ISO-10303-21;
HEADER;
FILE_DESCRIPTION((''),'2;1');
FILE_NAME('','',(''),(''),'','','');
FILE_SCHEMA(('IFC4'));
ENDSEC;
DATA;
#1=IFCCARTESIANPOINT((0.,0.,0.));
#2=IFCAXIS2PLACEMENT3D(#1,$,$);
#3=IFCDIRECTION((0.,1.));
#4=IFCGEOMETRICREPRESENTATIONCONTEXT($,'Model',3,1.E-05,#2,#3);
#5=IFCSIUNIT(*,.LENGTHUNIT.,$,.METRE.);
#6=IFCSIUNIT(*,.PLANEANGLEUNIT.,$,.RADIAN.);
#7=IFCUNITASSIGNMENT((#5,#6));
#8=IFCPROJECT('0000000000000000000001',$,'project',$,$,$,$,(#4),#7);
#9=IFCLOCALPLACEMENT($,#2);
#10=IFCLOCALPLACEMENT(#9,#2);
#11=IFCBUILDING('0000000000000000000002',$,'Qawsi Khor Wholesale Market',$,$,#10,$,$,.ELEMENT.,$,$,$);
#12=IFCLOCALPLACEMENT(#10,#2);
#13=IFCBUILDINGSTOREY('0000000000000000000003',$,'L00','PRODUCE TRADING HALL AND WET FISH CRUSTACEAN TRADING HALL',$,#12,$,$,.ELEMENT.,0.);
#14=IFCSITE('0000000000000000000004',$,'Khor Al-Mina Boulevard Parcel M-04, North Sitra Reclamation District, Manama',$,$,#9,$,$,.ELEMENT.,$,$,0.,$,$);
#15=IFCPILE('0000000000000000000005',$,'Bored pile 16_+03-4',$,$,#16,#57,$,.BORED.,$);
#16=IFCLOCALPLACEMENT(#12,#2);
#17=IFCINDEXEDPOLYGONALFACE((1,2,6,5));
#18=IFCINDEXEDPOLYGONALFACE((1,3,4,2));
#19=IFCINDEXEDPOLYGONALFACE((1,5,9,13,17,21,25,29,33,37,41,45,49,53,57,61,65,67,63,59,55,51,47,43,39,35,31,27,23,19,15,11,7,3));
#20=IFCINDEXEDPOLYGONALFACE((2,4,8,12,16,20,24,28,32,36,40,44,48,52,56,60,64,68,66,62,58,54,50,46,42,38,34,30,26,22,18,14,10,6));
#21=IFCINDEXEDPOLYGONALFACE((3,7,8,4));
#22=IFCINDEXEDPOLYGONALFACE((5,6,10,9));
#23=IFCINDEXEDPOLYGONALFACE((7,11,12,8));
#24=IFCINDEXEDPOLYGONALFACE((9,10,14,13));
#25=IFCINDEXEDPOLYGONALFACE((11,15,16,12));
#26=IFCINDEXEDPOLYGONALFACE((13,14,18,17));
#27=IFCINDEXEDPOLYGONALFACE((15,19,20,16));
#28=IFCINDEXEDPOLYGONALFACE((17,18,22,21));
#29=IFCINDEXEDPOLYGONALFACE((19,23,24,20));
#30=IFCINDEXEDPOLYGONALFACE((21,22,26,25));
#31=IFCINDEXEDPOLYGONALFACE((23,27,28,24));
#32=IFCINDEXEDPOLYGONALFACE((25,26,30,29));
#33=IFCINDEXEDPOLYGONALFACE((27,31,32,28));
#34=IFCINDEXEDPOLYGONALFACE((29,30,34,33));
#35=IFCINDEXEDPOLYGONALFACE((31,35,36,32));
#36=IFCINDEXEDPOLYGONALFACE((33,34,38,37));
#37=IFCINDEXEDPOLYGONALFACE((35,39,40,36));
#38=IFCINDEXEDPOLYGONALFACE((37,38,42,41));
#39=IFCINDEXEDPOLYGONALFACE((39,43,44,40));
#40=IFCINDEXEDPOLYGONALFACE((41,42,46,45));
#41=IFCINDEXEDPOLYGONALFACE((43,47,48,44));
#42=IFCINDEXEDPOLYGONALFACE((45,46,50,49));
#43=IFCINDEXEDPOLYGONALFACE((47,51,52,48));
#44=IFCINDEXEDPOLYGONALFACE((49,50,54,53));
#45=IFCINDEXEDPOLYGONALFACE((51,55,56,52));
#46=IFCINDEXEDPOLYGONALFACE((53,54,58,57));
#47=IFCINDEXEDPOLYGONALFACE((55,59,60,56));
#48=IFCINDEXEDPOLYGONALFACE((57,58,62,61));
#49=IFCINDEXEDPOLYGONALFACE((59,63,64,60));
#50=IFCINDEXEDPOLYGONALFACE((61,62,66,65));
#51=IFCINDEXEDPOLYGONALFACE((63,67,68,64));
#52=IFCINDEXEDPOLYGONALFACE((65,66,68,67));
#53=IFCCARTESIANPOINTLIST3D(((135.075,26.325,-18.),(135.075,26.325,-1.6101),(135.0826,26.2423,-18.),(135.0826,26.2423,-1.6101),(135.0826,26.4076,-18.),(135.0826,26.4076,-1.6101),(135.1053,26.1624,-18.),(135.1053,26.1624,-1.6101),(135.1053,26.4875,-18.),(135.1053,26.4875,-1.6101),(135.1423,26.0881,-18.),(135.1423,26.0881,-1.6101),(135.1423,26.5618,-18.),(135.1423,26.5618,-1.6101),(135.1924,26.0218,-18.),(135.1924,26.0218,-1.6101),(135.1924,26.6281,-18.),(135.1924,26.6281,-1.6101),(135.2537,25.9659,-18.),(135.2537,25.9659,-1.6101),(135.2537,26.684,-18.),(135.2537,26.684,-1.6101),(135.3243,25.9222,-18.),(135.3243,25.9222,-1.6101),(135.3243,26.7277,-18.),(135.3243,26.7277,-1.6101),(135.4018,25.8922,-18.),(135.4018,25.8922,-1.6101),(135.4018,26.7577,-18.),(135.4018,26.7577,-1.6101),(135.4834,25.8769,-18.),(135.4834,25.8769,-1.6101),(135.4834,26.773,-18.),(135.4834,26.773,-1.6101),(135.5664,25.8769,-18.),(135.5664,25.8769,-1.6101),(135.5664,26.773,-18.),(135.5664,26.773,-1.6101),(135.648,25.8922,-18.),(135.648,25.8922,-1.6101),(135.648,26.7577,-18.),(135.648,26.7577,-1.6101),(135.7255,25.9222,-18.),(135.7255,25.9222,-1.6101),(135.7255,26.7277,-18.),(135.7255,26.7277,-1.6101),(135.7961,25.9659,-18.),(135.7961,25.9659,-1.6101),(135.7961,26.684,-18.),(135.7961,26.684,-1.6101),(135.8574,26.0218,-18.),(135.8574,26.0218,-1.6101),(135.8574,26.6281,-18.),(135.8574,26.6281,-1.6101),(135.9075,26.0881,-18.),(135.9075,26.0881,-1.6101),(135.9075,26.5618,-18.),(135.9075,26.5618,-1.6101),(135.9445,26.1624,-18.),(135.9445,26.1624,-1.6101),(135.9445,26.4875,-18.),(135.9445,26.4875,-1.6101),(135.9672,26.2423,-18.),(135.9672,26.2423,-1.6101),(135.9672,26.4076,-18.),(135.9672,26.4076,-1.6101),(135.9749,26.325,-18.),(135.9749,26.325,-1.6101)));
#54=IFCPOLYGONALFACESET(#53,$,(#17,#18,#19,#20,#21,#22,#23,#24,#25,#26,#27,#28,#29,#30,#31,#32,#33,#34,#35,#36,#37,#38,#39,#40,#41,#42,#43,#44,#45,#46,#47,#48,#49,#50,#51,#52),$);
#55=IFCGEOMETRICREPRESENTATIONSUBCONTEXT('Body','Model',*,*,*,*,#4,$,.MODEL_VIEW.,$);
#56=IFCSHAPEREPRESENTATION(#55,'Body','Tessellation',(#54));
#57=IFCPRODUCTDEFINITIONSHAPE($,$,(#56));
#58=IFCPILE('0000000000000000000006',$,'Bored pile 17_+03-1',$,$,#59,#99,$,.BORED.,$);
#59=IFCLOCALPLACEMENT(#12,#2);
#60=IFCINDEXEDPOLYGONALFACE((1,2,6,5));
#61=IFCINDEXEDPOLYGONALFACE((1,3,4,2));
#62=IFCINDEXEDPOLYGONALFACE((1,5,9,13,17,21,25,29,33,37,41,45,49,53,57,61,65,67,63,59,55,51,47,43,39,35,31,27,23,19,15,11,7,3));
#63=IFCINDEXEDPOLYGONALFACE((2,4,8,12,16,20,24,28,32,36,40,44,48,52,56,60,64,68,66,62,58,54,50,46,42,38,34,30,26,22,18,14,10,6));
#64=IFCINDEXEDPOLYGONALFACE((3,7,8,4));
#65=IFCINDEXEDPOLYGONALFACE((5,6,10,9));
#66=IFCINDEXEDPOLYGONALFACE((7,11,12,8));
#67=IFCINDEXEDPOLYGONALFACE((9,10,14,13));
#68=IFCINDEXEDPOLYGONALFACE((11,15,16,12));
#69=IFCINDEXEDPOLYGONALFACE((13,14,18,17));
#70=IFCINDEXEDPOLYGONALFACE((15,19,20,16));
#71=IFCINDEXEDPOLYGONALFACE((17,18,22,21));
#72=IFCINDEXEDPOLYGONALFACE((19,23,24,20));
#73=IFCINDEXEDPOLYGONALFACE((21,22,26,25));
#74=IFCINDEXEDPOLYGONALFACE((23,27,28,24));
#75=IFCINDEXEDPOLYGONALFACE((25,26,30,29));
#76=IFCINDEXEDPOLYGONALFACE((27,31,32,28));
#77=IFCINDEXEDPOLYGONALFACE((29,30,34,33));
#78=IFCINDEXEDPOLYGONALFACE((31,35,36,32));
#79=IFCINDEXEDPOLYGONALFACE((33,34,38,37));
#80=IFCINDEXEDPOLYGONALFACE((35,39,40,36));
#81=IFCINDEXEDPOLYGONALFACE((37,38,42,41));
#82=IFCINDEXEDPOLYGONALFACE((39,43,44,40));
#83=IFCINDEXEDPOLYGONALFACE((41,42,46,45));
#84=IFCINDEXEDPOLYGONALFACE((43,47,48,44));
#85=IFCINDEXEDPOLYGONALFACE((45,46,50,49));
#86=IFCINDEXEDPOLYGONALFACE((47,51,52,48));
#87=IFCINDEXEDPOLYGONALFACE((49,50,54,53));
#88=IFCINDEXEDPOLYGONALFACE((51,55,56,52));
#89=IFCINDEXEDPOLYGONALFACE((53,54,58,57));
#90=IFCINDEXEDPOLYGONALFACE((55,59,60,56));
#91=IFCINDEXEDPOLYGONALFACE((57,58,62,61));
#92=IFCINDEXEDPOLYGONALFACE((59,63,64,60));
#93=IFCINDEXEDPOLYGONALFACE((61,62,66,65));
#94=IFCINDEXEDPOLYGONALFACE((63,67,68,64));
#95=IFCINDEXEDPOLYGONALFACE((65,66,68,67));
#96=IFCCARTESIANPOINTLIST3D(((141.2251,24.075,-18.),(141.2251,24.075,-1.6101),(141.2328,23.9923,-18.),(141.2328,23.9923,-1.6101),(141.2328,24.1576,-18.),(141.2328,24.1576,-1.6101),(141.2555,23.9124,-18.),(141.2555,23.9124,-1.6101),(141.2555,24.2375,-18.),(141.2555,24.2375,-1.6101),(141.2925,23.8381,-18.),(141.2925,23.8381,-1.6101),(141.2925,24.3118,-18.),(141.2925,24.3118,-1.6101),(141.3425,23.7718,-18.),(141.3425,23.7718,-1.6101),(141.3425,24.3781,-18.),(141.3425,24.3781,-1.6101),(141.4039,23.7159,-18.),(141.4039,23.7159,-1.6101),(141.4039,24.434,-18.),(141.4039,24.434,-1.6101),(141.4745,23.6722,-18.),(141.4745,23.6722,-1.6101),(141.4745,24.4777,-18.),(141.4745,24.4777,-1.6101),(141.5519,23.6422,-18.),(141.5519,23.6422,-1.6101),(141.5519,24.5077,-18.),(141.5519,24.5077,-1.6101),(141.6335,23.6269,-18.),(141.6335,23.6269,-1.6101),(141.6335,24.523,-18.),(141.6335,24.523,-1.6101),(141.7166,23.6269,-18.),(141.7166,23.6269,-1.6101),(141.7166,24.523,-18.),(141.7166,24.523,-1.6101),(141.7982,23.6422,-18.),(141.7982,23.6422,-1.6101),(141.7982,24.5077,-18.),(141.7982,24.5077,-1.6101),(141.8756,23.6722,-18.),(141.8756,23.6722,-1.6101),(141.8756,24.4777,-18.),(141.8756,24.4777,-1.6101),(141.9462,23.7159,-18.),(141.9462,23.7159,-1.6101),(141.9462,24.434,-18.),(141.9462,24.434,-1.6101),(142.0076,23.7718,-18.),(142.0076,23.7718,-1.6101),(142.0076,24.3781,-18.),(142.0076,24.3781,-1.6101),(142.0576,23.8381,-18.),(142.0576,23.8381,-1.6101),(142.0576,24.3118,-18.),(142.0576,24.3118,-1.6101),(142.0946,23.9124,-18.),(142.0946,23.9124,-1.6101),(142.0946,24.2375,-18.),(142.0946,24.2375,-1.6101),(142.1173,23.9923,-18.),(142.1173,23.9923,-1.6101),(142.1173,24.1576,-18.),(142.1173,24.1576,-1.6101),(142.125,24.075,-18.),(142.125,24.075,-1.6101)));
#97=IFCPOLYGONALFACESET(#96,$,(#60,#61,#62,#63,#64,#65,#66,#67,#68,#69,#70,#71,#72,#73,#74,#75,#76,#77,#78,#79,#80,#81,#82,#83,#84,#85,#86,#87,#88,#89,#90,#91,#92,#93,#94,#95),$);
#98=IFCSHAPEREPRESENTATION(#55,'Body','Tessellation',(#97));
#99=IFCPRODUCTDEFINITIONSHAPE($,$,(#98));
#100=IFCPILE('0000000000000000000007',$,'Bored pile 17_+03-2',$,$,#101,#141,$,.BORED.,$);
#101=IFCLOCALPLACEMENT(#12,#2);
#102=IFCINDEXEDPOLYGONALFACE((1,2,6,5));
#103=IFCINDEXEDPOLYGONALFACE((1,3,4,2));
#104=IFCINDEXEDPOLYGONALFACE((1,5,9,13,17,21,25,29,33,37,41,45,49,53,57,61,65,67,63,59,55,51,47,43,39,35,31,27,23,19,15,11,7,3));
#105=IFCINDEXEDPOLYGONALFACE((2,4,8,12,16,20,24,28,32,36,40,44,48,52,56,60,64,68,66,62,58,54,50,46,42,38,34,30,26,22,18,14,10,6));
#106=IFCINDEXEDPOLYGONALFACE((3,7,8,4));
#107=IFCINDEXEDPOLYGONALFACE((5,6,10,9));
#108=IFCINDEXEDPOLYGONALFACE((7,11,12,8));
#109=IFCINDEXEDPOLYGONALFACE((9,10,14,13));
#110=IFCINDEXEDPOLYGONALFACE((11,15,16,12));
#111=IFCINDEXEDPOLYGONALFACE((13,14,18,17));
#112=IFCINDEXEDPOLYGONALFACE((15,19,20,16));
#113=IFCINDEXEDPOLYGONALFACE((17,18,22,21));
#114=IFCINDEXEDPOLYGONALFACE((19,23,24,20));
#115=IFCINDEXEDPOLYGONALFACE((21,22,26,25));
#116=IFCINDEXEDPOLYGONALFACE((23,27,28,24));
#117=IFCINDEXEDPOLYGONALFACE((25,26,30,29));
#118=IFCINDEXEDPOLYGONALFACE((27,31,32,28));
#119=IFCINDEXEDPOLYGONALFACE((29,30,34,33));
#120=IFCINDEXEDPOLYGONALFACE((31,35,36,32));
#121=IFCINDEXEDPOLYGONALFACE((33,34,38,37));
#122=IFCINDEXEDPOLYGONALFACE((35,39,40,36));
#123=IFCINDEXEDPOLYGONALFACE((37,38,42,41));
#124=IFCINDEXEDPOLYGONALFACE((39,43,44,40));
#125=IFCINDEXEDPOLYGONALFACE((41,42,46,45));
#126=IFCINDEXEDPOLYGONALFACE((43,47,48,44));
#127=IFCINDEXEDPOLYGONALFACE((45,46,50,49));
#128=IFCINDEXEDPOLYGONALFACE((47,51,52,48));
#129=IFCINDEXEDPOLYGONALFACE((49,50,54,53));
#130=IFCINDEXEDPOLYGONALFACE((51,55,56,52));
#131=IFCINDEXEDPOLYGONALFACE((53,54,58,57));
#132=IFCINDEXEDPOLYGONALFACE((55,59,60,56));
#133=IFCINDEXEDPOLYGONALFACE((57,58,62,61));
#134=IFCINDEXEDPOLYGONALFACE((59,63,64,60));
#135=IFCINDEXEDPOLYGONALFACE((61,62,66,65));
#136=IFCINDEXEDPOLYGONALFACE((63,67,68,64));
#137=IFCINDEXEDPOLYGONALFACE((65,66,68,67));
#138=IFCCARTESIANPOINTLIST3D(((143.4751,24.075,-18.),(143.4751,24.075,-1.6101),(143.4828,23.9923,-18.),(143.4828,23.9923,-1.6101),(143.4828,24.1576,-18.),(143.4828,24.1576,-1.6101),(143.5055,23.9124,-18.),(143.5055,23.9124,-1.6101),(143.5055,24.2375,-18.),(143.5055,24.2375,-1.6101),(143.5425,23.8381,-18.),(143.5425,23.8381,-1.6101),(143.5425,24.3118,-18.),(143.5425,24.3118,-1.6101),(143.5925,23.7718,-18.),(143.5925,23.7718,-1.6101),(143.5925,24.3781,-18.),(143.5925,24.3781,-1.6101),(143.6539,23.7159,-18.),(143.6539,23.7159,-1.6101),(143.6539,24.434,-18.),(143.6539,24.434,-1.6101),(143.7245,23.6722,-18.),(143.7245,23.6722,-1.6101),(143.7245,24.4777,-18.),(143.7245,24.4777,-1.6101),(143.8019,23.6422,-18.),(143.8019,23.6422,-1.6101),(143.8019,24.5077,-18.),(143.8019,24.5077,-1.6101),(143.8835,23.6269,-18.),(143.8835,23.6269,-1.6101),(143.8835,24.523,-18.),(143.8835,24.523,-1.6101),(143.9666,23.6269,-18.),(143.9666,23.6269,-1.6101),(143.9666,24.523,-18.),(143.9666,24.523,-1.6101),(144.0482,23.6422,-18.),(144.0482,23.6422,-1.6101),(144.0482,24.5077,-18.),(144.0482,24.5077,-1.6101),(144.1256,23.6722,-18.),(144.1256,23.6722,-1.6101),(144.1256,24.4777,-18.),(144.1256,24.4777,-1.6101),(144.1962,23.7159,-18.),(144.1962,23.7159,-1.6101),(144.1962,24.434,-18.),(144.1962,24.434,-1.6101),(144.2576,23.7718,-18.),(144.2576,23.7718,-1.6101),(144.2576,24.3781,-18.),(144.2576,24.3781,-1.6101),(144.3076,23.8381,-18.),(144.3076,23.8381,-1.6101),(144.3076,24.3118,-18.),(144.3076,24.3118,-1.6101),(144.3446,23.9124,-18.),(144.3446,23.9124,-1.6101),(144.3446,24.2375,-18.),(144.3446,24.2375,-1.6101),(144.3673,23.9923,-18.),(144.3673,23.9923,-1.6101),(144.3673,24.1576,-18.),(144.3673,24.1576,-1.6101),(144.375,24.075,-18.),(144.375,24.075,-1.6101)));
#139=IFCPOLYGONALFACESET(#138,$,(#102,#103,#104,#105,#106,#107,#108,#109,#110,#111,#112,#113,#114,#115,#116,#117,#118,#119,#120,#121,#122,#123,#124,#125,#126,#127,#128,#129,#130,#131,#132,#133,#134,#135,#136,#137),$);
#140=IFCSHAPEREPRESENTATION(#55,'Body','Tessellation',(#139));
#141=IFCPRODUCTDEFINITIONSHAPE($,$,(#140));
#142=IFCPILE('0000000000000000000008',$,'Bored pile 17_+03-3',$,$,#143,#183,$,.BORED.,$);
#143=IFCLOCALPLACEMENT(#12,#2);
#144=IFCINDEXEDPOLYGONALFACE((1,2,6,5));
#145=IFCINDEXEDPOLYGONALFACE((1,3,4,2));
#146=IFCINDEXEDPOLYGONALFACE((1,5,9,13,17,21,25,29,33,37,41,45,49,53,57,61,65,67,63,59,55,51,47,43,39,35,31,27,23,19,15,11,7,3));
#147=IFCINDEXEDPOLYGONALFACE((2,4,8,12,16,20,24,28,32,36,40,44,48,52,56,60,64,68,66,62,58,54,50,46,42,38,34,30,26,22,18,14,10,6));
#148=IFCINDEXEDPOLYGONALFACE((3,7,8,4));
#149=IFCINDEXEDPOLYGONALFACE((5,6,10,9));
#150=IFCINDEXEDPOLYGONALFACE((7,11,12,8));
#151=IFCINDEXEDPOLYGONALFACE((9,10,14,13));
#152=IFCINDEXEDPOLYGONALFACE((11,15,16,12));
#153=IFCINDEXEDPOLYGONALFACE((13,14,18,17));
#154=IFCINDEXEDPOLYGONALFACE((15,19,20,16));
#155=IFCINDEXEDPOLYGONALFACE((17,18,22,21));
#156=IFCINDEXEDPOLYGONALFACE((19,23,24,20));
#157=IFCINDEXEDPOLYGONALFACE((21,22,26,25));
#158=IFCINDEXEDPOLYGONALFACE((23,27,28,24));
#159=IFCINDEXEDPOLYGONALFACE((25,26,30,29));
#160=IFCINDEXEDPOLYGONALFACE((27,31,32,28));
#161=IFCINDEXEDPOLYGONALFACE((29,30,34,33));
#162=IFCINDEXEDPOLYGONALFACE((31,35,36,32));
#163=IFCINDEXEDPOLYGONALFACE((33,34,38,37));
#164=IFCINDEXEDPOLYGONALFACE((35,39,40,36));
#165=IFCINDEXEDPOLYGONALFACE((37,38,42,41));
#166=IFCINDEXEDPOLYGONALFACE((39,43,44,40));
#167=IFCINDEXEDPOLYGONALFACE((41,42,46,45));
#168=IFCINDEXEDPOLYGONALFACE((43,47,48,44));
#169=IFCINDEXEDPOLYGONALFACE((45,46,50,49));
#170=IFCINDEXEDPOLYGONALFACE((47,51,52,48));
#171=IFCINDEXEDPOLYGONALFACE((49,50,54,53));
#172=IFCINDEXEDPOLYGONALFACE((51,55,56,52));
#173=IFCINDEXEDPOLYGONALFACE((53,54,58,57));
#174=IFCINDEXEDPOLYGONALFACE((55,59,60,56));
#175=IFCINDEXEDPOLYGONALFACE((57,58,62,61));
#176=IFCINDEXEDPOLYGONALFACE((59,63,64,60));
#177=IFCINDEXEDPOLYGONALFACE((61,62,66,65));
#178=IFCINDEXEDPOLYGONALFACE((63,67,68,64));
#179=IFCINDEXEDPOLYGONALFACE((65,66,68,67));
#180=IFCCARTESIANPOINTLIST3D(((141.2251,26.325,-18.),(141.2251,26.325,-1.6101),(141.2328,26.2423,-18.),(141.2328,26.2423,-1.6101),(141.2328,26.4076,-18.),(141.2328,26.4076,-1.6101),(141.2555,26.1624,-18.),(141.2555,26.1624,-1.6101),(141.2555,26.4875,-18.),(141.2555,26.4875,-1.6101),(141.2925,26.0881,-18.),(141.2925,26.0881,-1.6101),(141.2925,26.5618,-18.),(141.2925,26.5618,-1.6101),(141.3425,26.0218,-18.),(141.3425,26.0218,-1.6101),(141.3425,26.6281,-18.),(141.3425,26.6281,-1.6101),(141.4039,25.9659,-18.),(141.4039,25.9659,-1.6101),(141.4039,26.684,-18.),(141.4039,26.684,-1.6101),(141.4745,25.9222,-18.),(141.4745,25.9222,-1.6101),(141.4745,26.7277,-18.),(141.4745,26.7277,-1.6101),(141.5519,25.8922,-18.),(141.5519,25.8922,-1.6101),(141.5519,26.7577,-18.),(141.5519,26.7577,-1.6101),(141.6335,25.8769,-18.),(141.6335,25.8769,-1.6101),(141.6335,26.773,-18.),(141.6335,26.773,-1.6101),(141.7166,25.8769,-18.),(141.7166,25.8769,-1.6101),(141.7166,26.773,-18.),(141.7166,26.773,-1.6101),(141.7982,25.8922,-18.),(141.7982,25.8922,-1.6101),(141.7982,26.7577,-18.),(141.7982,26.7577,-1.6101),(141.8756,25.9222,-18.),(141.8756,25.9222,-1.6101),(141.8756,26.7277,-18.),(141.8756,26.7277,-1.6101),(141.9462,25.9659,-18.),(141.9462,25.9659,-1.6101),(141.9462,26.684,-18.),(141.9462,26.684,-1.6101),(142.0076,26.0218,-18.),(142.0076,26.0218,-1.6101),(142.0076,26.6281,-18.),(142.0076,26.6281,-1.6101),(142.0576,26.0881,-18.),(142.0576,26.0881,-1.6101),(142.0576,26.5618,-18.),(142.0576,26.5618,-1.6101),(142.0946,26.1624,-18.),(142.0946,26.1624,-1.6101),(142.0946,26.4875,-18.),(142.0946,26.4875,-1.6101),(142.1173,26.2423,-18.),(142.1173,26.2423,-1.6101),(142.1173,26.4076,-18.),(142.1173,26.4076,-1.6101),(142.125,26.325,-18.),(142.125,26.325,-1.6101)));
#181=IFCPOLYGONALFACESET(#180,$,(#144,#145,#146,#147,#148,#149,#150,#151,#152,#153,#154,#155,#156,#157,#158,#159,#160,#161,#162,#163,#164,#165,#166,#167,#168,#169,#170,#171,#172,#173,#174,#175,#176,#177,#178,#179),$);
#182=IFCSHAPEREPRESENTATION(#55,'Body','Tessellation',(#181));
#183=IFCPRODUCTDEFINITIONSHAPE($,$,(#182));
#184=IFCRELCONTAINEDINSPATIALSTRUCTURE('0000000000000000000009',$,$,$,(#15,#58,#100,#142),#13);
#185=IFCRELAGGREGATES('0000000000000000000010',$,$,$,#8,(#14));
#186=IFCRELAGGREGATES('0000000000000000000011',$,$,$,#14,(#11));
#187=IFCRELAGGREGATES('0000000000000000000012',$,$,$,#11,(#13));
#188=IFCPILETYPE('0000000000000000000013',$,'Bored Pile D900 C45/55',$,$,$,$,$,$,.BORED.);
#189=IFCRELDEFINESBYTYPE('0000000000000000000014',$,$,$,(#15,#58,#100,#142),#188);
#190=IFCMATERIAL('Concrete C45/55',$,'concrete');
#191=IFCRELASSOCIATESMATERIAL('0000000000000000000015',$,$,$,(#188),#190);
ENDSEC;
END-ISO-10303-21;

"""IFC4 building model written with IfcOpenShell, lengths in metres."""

from ifc_helpers import new_model, si_unit, direction, frame, origin, origin_2d, place, context, subcontext, project, spatial, circle, extrude, material, material_profile, profile_set, type_object, element, save


model = new_model("IFC4")

# Units and contexts
model_context = context("Model", 3, precision=1e-05, world=origin(), true_north=direction((0.0, 1.0)))
body_context = subcontext(model_context, "Body", "Model", "MODEL_VIEW")
ifc_project = project(units=[si_unit("LENGTHUNIT", "METRE"), si_unit("PLANEANGLEUNIT", "RADIAN")], contexts=[model_context])

# Site, building, storey
site_placement = place(None, origin())
site = spatial("IfcSite", under=ifc_project, at=site_placement, Name="Khor Al-Mina Boulevard Parcel M-04, North Sitra Reclamation District, Manama", CompositionType="ELEMENT", RefElevation=0.0)
building_placement = place(site_placement, origin())
building = spatial("IfcBuilding", under=site, at=building_placement, Name="Qawsi Khor Wholesale Market", CompositionType="ELEMENT")
storey_placement = place(building_placement, origin())
storey = spatial("IfcBuildingStorey", under=building, at=storey_placement, Name="L00", Description="PRODUCE TRADING HALL AND WET FISH CRUSTACEAN TRADING HALL", CompositionType="ELEMENT", Elevation=0.0)

# Piles
ifc_material_1 = material(Name="Concrete C45/55", Category="concrete")
ifc_material_profile_1 = material_profile(ifc_material_1, circle(Radius=0.45, at=origin_2d()), Name="PILE D900")
ifc_profile_set_1 = profile_set([ifc_material_profile_1], Name="Concrete C45/55")
pile_type = type_object("IfcPileType", Name="Bored Pile D900 C45/55", PredefinedType="BORED", material=ifc_profile_set_1)
for number, where, z_axis, x_axis, name in (
    (1, (135.5249, 26.325, -1.6101), (0.0, 0.0, -1.0), (1.0, 0.0, 0.0), "Bored pile 16_+03-4"),
    (2, (141.675, 24.075, -1.6101), (0.0, 0.0, -1.0), (1.0, 0.0, 0.0), "Bored pile 17_+03-1"),
    (3, (143.925, 24.075, -1.6101), (0.0, 0.0, -1.0), (1.0, 0.0, 0.0), "Bored pile 17_+03-2"),
    (4, (141.675, 26.325, -1.6101), (0.0, 0.0, -1.0), (1.0, 0.0, 0.0), "Bored pile 17_+03-3"),
):
    element("IfcPile", number, at=place(storey_placement, frame(where, z_axis=z_axis, x_axis=x_axis)), inside=storey, type_object=pile_type, Name=name, PredefinedType="BORED", context=body_context, shape_type="SweptSolid", body=[
        extrude(circle(Radius=0.45, at=origin_2d()), origin(), (0.0, 0.0, 1.0), 16.3899),
    ])

save(model, "model.ifc")
